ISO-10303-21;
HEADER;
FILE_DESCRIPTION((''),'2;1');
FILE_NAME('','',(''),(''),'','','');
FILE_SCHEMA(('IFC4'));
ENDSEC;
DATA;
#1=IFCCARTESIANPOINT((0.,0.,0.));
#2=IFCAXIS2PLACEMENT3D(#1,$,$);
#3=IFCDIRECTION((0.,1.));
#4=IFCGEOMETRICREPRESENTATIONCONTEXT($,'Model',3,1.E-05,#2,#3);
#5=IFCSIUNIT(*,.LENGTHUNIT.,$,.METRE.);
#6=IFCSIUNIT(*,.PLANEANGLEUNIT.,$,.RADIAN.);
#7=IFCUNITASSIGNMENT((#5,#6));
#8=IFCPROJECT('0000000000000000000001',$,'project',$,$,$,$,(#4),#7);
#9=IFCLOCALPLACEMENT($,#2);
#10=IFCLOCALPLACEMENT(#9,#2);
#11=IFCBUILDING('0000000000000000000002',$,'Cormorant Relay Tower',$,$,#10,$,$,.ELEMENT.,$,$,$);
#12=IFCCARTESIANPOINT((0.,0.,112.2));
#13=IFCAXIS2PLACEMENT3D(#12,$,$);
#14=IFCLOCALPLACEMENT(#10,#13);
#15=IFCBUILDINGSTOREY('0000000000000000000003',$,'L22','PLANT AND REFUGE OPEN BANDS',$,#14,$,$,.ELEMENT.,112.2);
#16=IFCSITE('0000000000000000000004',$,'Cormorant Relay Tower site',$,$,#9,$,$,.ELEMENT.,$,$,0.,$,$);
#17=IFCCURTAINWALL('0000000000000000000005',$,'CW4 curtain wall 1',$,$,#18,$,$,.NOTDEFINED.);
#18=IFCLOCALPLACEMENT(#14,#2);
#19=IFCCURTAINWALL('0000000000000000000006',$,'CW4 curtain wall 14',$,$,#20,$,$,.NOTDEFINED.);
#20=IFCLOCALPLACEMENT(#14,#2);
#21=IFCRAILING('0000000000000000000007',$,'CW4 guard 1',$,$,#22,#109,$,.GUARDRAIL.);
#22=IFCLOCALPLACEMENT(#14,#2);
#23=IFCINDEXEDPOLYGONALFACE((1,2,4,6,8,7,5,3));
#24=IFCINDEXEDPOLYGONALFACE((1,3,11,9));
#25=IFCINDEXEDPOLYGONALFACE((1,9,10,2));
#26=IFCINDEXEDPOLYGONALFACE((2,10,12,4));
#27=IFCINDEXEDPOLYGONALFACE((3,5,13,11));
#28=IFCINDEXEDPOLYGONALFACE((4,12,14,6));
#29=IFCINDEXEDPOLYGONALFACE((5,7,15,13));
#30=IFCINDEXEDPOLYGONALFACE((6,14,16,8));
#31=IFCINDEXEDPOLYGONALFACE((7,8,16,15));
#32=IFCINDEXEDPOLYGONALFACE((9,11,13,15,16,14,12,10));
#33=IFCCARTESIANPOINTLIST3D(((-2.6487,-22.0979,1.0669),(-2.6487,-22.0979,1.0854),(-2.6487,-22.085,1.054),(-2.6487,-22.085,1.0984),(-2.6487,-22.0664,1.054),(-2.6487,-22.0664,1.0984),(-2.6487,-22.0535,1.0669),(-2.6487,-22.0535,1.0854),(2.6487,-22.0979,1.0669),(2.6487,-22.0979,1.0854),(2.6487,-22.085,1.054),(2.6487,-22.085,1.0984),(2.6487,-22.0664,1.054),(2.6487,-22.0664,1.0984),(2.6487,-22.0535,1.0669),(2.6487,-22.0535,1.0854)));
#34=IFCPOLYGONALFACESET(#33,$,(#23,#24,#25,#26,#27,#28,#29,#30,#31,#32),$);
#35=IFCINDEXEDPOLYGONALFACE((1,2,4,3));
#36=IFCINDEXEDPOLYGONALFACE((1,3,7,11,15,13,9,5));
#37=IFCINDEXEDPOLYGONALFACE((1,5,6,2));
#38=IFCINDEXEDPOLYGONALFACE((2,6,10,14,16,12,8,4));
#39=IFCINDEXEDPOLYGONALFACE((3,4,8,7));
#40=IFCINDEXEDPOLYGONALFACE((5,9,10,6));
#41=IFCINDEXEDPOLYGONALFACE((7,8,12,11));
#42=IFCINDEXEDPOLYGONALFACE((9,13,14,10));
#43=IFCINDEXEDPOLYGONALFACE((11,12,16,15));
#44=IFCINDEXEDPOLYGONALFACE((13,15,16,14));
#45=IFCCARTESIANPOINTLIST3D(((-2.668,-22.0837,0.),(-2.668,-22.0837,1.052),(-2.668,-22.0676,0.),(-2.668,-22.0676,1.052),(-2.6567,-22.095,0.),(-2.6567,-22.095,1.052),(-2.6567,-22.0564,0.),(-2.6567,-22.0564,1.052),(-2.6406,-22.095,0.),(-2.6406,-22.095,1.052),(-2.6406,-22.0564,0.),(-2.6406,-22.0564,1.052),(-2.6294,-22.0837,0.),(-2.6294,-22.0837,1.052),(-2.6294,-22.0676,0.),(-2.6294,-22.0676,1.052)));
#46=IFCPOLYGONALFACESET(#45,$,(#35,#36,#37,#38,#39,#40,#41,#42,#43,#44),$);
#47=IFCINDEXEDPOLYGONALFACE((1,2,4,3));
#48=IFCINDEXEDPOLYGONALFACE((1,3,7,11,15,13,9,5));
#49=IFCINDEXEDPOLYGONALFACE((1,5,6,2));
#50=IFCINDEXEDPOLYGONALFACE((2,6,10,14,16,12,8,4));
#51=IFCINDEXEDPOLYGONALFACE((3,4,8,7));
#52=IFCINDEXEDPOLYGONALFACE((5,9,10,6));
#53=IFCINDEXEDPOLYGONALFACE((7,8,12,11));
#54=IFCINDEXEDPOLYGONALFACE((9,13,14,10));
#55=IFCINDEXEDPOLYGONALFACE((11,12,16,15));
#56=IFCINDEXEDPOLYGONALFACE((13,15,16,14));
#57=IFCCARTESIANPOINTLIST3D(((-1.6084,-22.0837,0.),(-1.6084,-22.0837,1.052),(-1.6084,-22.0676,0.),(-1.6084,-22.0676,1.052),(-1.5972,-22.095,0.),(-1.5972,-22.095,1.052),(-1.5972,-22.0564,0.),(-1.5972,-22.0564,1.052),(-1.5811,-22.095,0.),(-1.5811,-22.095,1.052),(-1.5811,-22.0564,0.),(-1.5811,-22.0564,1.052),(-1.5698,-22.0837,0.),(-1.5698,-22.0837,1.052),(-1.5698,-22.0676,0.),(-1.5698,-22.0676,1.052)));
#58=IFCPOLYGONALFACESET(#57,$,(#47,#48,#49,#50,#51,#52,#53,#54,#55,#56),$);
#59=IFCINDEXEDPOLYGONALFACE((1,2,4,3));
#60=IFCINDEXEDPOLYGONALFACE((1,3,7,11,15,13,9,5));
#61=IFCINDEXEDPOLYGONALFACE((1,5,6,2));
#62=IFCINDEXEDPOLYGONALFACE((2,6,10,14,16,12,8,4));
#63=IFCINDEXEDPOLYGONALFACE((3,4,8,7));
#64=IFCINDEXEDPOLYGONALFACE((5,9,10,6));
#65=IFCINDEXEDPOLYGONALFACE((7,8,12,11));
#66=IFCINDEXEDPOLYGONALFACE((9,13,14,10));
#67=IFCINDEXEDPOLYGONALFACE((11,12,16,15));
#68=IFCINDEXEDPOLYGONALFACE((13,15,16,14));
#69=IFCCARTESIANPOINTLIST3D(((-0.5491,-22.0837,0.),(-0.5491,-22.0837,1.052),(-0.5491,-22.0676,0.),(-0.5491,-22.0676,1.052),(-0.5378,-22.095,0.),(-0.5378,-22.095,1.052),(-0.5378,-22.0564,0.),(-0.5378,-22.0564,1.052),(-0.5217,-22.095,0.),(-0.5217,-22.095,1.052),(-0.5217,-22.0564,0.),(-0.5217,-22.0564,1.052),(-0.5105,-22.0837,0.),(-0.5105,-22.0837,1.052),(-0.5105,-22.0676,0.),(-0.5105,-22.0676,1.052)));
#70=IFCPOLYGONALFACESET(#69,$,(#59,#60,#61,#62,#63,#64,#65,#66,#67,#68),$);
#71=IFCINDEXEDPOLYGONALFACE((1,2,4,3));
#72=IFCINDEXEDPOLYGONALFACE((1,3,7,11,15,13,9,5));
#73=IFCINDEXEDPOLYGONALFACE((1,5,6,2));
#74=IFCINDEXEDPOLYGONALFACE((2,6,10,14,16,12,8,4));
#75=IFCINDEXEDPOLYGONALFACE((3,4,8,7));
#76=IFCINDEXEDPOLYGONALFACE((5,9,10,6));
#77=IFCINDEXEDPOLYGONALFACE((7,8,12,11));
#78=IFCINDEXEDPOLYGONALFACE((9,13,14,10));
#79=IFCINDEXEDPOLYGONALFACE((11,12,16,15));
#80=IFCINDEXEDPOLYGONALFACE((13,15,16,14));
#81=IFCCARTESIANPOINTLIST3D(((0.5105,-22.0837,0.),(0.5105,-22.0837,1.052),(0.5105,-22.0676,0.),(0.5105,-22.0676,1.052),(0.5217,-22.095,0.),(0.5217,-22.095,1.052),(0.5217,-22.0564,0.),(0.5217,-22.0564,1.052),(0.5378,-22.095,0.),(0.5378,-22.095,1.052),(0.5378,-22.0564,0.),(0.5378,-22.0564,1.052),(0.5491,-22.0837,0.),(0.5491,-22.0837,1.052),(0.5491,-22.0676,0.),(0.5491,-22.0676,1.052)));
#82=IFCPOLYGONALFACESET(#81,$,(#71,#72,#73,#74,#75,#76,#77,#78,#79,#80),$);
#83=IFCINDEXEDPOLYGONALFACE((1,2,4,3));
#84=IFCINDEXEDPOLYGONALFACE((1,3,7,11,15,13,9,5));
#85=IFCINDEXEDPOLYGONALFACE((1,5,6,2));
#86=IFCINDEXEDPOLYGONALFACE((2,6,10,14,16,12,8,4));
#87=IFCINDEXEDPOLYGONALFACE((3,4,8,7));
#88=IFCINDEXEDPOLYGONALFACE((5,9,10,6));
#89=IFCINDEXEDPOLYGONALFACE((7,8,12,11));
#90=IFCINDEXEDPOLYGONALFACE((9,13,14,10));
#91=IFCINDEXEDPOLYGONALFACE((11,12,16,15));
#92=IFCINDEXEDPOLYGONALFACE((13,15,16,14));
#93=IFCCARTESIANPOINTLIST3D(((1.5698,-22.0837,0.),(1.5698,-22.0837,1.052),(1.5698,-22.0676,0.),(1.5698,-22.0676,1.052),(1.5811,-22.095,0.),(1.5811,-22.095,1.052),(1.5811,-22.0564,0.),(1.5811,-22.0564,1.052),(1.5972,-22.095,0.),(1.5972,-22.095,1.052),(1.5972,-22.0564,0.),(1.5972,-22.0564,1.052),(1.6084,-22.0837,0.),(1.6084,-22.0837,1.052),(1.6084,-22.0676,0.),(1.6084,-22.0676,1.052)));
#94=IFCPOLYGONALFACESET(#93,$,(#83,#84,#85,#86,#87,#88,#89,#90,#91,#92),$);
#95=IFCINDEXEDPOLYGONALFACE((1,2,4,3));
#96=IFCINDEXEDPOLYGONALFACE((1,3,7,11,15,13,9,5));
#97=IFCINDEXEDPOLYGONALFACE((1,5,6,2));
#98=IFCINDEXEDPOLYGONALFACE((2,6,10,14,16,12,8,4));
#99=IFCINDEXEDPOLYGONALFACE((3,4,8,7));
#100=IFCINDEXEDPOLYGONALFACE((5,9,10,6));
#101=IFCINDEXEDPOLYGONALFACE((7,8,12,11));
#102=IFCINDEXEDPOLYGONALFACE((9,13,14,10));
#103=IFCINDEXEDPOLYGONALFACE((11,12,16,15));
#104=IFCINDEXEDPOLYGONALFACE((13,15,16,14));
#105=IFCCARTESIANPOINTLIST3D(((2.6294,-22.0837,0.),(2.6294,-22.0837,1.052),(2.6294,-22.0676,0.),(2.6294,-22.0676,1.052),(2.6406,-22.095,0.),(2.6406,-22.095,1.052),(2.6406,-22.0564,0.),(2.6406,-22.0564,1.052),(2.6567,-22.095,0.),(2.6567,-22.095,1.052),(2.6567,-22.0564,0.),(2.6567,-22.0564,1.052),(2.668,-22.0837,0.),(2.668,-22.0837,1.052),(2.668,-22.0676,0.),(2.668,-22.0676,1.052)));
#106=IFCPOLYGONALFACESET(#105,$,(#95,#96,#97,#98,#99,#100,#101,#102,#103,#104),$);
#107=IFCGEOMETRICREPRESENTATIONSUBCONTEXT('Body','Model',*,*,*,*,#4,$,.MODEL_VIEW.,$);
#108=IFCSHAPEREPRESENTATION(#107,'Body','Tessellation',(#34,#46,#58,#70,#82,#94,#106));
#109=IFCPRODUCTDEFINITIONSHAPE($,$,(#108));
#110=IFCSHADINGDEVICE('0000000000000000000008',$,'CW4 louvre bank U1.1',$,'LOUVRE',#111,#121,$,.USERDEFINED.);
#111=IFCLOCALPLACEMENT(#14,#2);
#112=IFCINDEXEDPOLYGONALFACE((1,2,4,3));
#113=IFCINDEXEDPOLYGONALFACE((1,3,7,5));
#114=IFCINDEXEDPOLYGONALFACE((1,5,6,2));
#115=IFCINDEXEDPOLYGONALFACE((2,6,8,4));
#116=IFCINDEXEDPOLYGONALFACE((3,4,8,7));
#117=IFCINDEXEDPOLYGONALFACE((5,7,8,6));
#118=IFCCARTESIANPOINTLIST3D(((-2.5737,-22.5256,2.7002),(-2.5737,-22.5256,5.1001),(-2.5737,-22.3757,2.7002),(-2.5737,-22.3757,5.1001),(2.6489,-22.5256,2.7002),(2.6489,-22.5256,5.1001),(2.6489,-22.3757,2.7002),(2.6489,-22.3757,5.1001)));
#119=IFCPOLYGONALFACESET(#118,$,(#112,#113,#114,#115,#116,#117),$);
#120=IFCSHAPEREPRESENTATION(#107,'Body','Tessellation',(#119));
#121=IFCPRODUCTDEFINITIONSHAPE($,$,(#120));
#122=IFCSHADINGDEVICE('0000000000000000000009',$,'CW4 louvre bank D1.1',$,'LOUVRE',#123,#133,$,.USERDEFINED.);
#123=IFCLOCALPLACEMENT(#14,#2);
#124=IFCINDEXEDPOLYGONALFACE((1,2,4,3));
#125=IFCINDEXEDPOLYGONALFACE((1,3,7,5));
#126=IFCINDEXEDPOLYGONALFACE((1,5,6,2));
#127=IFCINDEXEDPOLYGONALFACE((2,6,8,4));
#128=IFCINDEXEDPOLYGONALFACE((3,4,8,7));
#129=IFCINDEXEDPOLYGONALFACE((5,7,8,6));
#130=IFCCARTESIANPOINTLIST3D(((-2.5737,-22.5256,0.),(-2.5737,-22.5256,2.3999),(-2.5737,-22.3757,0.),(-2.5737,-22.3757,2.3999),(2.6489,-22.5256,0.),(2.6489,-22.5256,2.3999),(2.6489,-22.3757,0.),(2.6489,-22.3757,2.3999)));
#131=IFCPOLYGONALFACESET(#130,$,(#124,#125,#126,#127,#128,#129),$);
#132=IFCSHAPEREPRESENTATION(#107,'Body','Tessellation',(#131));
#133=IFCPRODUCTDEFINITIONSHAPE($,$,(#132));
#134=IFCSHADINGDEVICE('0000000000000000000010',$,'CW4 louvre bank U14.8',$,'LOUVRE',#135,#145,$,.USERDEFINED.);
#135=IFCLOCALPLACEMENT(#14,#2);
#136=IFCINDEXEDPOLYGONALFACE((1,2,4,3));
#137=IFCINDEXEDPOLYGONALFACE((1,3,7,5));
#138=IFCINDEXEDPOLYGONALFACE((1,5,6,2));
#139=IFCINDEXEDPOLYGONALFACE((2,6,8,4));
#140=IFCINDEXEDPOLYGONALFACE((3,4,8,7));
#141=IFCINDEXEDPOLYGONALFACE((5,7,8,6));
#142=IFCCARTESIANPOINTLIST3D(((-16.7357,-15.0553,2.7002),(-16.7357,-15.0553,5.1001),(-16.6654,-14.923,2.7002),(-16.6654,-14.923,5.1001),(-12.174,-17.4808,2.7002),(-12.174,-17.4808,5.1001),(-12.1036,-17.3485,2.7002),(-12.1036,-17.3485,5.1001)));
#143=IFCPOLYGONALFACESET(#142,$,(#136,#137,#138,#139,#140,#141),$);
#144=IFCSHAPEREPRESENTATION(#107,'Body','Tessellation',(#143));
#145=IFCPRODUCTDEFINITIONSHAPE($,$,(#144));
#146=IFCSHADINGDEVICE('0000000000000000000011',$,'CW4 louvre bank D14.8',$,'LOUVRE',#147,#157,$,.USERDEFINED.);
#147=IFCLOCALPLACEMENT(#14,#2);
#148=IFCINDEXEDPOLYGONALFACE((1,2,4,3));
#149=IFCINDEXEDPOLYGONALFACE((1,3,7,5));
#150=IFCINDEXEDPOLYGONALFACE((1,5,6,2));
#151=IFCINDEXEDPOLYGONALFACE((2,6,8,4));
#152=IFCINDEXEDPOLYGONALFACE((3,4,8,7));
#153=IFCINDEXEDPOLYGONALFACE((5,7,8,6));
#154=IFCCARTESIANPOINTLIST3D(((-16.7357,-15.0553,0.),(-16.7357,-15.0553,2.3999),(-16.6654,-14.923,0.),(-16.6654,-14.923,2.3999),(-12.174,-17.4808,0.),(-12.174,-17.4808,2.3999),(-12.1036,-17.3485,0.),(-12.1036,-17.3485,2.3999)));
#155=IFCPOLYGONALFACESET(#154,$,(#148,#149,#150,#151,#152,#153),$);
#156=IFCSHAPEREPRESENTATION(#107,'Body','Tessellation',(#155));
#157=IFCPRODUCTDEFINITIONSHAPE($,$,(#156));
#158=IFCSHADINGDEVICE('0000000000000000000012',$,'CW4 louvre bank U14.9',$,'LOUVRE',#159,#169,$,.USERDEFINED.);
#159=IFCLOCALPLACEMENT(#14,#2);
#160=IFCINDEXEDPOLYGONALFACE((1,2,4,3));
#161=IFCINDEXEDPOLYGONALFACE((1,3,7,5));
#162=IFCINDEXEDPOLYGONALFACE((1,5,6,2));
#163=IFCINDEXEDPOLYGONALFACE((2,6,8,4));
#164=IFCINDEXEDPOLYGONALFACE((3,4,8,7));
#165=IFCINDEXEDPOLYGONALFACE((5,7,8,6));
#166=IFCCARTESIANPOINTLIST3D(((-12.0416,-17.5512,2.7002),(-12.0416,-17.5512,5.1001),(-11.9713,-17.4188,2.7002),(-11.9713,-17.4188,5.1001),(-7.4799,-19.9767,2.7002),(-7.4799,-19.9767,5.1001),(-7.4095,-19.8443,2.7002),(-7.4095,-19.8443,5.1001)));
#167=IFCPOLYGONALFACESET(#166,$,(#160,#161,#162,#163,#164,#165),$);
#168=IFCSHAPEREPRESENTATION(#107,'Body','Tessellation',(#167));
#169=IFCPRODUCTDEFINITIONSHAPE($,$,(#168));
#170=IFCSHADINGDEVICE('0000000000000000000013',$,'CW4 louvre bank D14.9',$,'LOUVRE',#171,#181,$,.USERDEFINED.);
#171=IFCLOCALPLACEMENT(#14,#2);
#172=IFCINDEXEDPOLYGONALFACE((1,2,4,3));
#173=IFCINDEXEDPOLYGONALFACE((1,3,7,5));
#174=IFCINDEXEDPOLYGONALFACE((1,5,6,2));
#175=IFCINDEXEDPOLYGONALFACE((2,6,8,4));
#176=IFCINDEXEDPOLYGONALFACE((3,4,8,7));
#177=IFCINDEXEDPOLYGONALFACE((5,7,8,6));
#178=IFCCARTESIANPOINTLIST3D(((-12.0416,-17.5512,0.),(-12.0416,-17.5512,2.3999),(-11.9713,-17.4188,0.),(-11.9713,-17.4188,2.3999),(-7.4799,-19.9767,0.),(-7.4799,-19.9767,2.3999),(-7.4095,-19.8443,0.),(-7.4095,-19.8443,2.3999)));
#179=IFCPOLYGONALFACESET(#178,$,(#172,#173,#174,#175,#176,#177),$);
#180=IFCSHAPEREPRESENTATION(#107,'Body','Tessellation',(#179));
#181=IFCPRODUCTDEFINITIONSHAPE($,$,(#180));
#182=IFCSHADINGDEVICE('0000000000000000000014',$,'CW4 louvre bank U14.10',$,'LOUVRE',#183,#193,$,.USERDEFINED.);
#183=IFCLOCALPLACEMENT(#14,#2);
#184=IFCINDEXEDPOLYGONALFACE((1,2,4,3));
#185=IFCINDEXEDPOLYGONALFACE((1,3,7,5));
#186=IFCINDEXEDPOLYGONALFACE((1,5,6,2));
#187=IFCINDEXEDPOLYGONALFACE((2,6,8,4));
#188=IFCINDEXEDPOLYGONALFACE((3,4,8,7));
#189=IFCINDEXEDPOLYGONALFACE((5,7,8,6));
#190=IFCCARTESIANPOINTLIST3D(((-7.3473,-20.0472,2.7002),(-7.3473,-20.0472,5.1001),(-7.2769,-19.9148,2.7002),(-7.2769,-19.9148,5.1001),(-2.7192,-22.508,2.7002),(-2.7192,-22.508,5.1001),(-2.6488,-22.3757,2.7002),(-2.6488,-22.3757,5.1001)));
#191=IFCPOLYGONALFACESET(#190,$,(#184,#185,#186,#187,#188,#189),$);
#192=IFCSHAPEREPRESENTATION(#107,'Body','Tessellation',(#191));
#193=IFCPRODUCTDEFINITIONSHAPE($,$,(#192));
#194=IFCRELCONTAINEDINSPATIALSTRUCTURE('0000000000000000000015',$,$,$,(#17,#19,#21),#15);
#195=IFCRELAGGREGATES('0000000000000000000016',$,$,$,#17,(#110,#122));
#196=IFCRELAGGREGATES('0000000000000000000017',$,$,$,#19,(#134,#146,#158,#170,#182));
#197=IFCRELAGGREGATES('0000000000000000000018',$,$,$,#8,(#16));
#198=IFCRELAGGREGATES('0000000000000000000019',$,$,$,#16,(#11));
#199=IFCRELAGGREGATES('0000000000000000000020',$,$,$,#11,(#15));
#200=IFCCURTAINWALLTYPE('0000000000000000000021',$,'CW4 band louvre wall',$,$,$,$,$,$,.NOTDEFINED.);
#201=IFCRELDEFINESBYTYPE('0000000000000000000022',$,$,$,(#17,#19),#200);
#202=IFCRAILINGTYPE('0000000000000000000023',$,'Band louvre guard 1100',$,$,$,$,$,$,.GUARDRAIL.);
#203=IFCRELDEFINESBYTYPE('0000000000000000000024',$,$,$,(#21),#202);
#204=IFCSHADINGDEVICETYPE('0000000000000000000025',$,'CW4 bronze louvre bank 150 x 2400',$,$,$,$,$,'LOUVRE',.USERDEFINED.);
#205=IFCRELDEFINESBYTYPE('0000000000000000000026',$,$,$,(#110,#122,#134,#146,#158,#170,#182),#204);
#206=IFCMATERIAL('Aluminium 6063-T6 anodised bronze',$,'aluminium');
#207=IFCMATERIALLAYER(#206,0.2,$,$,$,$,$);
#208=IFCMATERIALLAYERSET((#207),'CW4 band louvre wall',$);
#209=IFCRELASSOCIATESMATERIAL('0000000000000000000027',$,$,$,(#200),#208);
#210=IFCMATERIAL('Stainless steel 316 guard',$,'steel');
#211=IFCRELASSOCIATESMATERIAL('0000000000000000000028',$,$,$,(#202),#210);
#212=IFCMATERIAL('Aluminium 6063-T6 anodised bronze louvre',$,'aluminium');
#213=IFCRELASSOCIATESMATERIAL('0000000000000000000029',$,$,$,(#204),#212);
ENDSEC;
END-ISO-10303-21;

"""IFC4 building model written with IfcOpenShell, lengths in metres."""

from ifc_helpers import new_model, si_unit, direction, frame, origin, origin_2d, place, context, subcontext, project, spatial, polyline, rectangle, outline, extrude, material, layer, layer_set, type_object, element, aggregate, save


model = new_model("IFC4")

# Units and contexts
model_context = context("Model", 3, precision=1e-05, world=origin(), true_north=direction((0.0, 1.0)))
body_context = subcontext(model_context, "Body", "Model", "MODEL_VIEW")
ifc_project = project(units=[si_unit("LENGTHUNIT", "METRE"), si_unit("PLANEANGLEUNIT", "RADIAN")], contexts=[model_context])

# Site, building, storey
site_placement = place(None, origin())
site = spatial("IfcSite", under=ifc_project, at=site_placement, Name="Cormorant Relay Tower site", CompositionType="ELEMENT", RefElevation=0.0)
building_placement = place(site_placement, origin())
building = spatial("IfcBuilding", under=site, at=building_placement, Name="Cormorant Relay Tower", CompositionType="ELEMENT")
storey_placement = place(building_placement, frame((0.0, 0.0, 112.2)))
storey = spatial("IfcBuildingStorey", under=building, at=storey_placement, Name="L22", Description="PLANT AND REFUGE OPEN BANDS", CompositionType="ELEMENT", Elevation=112.2)

# Curtain wall
ifc_material_1 = material(Name="Aluminium 6063-T6 anodised bronze", Category="aluminium")
ifc_layer_1 = layer(ifc_material_1, 0.2)
ifc_layer_set_1 = layer_set([ifc_layer_1], Name="CW4 band louvre wall")
curtain_wall_type = type_object("IfcCurtainWallType", Name="CW4 band louvre wall", PredefinedType="NOTDEFINED", material=ifc_layer_set_1)
curtain_wall_1_placement = place(storey_placement, origin())
curtain_wall_1 = element("IfcCurtainWall", 1, at=curtain_wall_1_placement, inside=storey, type_object=curtain_wall_type, Name="CW4 curtain wall 1", PredefinedType="NOTDEFINED")

# Curtain wall
curtain_wall_2_placement = place(storey_placement, origin())
curtain_wall_2 = element("IfcCurtainWall", 2, at=curtain_wall_2_placement, inside=storey, type_object=curtain_wall_type, Name="CW4 curtain wall 14", PredefinedType="NOTDEFINED")

# Railing
ifc_material_2 = material(Name="Stainless steel 316 guard", Category="steel")
railing_type_1 = type_object("IfcRailingType", Name="Band louvre guard 1100", PredefinedType="GUARDRAIL", material=ifc_material_2)
railing_1_placement = place(storey_placement, frame((-2.6487, -22.0757, 0.0)))
element("IfcRailing", 3, at=railing_1_placement, inside=storey, type_object=railing_type_1, Name="CW4 guard 1", PredefinedType="GUARDRAIL", context=body_context, shape_type="SweptSolid", body=[
    extrude(outline(polyline([(0.0222, 0.0093), (0.0093, 0.0222), (-0.0093, 0.0222), (-0.0222, 0.0093), (-0.0222, -0.0093), (-0.0093, -0.0222), (0.0093, -0.0222), (0.0222, -0.0093), (0.0222, 0.0093)])), frame((0.0, 0.0, 1.0762), z_axis=(1.0, 0.0, 0.0), x_axis=(0.0, 1.0, 0.0)), (0.0, 0.0, 1.0), 5.2974),
    extrude(outline(polyline([(0.0193, 0.0081), (0.0081, 0.0193), (-0.0081, 0.0193), (-0.0193, 0.0081), (-0.0193, -0.0081), (-0.0081, -0.0193), (0.0081, -0.0193), (0.0193, -0.0081), (0.0193, 0.0081)])), origin(), (0.0, 0.0, 1.0), 1.052),
    extrude(outline(polyline([(0.0193, 0.0081), (0.0081, 0.0193), (-0.0081, 0.0193), (-0.0193, 0.0081), (-0.0193, -0.0081), (-0.0081, -0.0193), (0.0081, -0.0193), (0.0193, -0.0081), (0.0193, 0.0081)])), frame((1.0596, 0.0, 0.0)), (0.0, 0.0, 1.0), 1.052),
    extrude(outline(polyline([(0.0193, 0.0081), (0.0081, 0.0193), (-0.0081, 0.0193), (-0.0193, 0.0081), (-0.0193, -0.0081), (-0.0081, -0.0193), (0.0081, -0.0193), (0.0193, -0.0081), (0.0193, 0.0081)])), frame((2.1189, 0.0, 0.0)), (0.0, 0.0, 1.0), 1.052),
    extrude(outline(polyline([(0.0193, 0.0081), (0.0081, 0.0193), (-0.0081, 0.0193), (-0.0193, 0.0081), (-0.0193, -0.0081), (-0.0081, -0.0193), (0.0081, -0.0193), (0.0193, -0.0081), (0.0193, 0.0081)])), frame((3.1785, 0.0, 0.0)), (0.0, 0.0, 1.0), 1.052),
    extrude(outline(polyline([(0.0193, 0.0081), (0.0081, 0.0193), (-0.0081, 0.0193), (-0.0193, 0.0081), (-0.0193, -0.0081), (-0.0081, -0.0193), (0.0081, -0.0193), (0.0193, -0.0081), (0.0193, 0.0081)])), frame((4.2378, 0.0, 0.0)), (0.0, 0.0, 1.0), 1.052),
    extrude(outline(polyline([(0.0193, 0.0081), (0.0081, 0.0193), (-0.0081, 0.0193), (-0.0193, 0.0081), (-0.0193, -0.0081), (-0.0081, -0.0193), (0.0081, -0.0193), (0.0193, -0.0081), (0.0193, 0.0081)])), frame((5.2974, 0.0, 0.0)), (0.0, 0.0, 1.0), 1.052),
])

# Shading devices
ifc_material_3 = material(Name="Aluminium 6063-T6 anodised bronze louvre", Category="aluminium")
shading_device_type = type_object("IfcShadingDeviceType", Name="CW4 bronze louvre bank 150 x 2400", ElementType="LOUVRE", PredefinedType="USERDEFINED", material=ifc_material_3)
shading_device_1_placement = place(storey_placement, frame((0.0376, -22.4507, 2.7002), z_axis=(0.0, 0.0, 1.0), x_axis=(1.0, 0.0, 0.0)))
shading_device_1 = element("IfcShadingDevice", 4, at=shading_device_1_placement, type_object=shading_device_type, Name="CW4 louvre bank U1.1", ObjectType="LOUVRE", PredefinedType="USERDEFINED", context=body_context, shape_type="SweptSolid", body=[
    extrude(rectangle(XDim=5.2227, YDim=0.1499, at=origin_2d()), origin(), (0.0, 0.0, 1.0), 2.3999),
])
shading_device_2_placement = place(storey_placement, frame((0.0376, -22.4507, 0.0), z_axis=(0.0, 0.0, 1.0), x_axis=(1.0, 0.0, 0.0)))
shading_device_2 = element("IfcShadingDevice", 5, at=shading_device_2_placement, type_object=shading_device_type, Name="CW4 louvre bank D1.1", ObjectType="LOUVRE", PredefinedType="USERDEFINED", context=body_context, shape_type="SweptSolid", body=[
    extrude(rectangle(XDim=5.2227, YDim=0.1499, at=origin_2d()), origin(), (0.0, 0.0, 1.0), 2.3999),
])
aggregate(curtain_wall_1, [shading_device_1, shading_device_2])
shading_device_3_placement = place(storey_placement, frame((-14.4197, -16.2019, 2.7002), z_axis=(0.0, 0.0, 1.0), x_axis=(0.882948, -0.469472, 0.0)))
shading_device_3 = element("IfcShadingDevice", 6, at=shading_device_3_placement, type_object=shading_device_type, Name="CW4 louvre bank U14.8", ObjectType="LOUVRE", PredefinedType="USERDEFINED", context=body_context, shape_type="SweptSolid", body=[
    extrude(rectangle(XDim=5.1665, YDim=0.1499, at=origin_2d()), origin(), (0.0, 0.0, 1.0), 2.3999),
])
shading_device_4_placement = place(storey_placement, frame((-14.4197, -16.2019, 0.0), z_axis=(0.0, 0.0, 1.0), x_axis=(0.882948, -0.469472, 0.0)))
shading_device_4 = element("IfcShadingDevice", 7, at=shading_device_4_placement, type_object=shading_device_type, Name="CW4 louvre bank D14.8", ObjectType="LOUVRE", PredefinedType="USERDEFINED", context=body_context, shape_type="SweptSolid", body=[
    extrude(rectangle(XDim=5.1665, YDim=0.1499, at=origin_2d()), origin(), (0.0, 0.0, 1.0), 2.3999),
])
shading_device_5_placement = place(storey_placement, frame((-9.7256, -18.6978, 2.7002), z_axis=(0.0, 0.0, 1.0), x_axis=(0.882948, -0.469472, 0.0)))
shading_device_5 = element("IfcShadingDevice", 8, at=shading_device_5_placement, type_object=shading_device_type, Name="CW4 louvre bank U14.9", ObjectType="LOUVRE", PredefinedType="USERDEFINED", context=body_context, shape_type="SweptSolid", body=[
    extrude(rectangle(XDim=5.1665, YDim=0.1499, at=origin_2d()), origin(), (0.0, 0.0, 1.0), 2.3999),
])
shading_device_6_placement = place(storey_placement, frame((-9.7256, -18.6978, 0.0), z_axis=(0.0, 0.0, 1.0), x_axis=(0.882948, -0.469472, 0.0)))
shading_device_6 = element("IfcShadingDevice", 9, at=shading_device_6_placement, type_object=shading_device_type, Name="CW4 louvre bank D14.9", ObjectType="LOUVRE", PredefinedType="USERDEFINED", context=body_context, shape_type="SweptSolid", body=[
    extrude(rectangle(XDim=5.1665, YDim=0.1499, at=origin_2d()), origin(), (0.0, 0.0, 1.0), 2.3999),
])
shading_device_7_placement = place(storey_placement, frame((-4.998, -21.2114, 2.7002), z_axis=(0.0, 0.0, 1.0), x_axis=(0.882948, -0.469472, 0.0)))
shading_device_7 = element("IfcShadingDevice", 10, at=shading_device_7_placement, type_object=shading_device_type, Name="CW4 louvre bank U14.10", ObjectType="LOUVRE", PredefinedType="USERDEFINED", context=body_context, shape_type="SweptSolid", body=[
    extrude(rectangle(XDim=5.2417, YDim=0.1499, at=origin_2d()), origin(), (0.0, 0.0, 1.0), 2.3999),
])
aggregate(curtain_wall_2, [shading_device_3, shading_device_4, shading_device_5, shading_device_6, shading_device_7])

save(model, "model.ifc")
